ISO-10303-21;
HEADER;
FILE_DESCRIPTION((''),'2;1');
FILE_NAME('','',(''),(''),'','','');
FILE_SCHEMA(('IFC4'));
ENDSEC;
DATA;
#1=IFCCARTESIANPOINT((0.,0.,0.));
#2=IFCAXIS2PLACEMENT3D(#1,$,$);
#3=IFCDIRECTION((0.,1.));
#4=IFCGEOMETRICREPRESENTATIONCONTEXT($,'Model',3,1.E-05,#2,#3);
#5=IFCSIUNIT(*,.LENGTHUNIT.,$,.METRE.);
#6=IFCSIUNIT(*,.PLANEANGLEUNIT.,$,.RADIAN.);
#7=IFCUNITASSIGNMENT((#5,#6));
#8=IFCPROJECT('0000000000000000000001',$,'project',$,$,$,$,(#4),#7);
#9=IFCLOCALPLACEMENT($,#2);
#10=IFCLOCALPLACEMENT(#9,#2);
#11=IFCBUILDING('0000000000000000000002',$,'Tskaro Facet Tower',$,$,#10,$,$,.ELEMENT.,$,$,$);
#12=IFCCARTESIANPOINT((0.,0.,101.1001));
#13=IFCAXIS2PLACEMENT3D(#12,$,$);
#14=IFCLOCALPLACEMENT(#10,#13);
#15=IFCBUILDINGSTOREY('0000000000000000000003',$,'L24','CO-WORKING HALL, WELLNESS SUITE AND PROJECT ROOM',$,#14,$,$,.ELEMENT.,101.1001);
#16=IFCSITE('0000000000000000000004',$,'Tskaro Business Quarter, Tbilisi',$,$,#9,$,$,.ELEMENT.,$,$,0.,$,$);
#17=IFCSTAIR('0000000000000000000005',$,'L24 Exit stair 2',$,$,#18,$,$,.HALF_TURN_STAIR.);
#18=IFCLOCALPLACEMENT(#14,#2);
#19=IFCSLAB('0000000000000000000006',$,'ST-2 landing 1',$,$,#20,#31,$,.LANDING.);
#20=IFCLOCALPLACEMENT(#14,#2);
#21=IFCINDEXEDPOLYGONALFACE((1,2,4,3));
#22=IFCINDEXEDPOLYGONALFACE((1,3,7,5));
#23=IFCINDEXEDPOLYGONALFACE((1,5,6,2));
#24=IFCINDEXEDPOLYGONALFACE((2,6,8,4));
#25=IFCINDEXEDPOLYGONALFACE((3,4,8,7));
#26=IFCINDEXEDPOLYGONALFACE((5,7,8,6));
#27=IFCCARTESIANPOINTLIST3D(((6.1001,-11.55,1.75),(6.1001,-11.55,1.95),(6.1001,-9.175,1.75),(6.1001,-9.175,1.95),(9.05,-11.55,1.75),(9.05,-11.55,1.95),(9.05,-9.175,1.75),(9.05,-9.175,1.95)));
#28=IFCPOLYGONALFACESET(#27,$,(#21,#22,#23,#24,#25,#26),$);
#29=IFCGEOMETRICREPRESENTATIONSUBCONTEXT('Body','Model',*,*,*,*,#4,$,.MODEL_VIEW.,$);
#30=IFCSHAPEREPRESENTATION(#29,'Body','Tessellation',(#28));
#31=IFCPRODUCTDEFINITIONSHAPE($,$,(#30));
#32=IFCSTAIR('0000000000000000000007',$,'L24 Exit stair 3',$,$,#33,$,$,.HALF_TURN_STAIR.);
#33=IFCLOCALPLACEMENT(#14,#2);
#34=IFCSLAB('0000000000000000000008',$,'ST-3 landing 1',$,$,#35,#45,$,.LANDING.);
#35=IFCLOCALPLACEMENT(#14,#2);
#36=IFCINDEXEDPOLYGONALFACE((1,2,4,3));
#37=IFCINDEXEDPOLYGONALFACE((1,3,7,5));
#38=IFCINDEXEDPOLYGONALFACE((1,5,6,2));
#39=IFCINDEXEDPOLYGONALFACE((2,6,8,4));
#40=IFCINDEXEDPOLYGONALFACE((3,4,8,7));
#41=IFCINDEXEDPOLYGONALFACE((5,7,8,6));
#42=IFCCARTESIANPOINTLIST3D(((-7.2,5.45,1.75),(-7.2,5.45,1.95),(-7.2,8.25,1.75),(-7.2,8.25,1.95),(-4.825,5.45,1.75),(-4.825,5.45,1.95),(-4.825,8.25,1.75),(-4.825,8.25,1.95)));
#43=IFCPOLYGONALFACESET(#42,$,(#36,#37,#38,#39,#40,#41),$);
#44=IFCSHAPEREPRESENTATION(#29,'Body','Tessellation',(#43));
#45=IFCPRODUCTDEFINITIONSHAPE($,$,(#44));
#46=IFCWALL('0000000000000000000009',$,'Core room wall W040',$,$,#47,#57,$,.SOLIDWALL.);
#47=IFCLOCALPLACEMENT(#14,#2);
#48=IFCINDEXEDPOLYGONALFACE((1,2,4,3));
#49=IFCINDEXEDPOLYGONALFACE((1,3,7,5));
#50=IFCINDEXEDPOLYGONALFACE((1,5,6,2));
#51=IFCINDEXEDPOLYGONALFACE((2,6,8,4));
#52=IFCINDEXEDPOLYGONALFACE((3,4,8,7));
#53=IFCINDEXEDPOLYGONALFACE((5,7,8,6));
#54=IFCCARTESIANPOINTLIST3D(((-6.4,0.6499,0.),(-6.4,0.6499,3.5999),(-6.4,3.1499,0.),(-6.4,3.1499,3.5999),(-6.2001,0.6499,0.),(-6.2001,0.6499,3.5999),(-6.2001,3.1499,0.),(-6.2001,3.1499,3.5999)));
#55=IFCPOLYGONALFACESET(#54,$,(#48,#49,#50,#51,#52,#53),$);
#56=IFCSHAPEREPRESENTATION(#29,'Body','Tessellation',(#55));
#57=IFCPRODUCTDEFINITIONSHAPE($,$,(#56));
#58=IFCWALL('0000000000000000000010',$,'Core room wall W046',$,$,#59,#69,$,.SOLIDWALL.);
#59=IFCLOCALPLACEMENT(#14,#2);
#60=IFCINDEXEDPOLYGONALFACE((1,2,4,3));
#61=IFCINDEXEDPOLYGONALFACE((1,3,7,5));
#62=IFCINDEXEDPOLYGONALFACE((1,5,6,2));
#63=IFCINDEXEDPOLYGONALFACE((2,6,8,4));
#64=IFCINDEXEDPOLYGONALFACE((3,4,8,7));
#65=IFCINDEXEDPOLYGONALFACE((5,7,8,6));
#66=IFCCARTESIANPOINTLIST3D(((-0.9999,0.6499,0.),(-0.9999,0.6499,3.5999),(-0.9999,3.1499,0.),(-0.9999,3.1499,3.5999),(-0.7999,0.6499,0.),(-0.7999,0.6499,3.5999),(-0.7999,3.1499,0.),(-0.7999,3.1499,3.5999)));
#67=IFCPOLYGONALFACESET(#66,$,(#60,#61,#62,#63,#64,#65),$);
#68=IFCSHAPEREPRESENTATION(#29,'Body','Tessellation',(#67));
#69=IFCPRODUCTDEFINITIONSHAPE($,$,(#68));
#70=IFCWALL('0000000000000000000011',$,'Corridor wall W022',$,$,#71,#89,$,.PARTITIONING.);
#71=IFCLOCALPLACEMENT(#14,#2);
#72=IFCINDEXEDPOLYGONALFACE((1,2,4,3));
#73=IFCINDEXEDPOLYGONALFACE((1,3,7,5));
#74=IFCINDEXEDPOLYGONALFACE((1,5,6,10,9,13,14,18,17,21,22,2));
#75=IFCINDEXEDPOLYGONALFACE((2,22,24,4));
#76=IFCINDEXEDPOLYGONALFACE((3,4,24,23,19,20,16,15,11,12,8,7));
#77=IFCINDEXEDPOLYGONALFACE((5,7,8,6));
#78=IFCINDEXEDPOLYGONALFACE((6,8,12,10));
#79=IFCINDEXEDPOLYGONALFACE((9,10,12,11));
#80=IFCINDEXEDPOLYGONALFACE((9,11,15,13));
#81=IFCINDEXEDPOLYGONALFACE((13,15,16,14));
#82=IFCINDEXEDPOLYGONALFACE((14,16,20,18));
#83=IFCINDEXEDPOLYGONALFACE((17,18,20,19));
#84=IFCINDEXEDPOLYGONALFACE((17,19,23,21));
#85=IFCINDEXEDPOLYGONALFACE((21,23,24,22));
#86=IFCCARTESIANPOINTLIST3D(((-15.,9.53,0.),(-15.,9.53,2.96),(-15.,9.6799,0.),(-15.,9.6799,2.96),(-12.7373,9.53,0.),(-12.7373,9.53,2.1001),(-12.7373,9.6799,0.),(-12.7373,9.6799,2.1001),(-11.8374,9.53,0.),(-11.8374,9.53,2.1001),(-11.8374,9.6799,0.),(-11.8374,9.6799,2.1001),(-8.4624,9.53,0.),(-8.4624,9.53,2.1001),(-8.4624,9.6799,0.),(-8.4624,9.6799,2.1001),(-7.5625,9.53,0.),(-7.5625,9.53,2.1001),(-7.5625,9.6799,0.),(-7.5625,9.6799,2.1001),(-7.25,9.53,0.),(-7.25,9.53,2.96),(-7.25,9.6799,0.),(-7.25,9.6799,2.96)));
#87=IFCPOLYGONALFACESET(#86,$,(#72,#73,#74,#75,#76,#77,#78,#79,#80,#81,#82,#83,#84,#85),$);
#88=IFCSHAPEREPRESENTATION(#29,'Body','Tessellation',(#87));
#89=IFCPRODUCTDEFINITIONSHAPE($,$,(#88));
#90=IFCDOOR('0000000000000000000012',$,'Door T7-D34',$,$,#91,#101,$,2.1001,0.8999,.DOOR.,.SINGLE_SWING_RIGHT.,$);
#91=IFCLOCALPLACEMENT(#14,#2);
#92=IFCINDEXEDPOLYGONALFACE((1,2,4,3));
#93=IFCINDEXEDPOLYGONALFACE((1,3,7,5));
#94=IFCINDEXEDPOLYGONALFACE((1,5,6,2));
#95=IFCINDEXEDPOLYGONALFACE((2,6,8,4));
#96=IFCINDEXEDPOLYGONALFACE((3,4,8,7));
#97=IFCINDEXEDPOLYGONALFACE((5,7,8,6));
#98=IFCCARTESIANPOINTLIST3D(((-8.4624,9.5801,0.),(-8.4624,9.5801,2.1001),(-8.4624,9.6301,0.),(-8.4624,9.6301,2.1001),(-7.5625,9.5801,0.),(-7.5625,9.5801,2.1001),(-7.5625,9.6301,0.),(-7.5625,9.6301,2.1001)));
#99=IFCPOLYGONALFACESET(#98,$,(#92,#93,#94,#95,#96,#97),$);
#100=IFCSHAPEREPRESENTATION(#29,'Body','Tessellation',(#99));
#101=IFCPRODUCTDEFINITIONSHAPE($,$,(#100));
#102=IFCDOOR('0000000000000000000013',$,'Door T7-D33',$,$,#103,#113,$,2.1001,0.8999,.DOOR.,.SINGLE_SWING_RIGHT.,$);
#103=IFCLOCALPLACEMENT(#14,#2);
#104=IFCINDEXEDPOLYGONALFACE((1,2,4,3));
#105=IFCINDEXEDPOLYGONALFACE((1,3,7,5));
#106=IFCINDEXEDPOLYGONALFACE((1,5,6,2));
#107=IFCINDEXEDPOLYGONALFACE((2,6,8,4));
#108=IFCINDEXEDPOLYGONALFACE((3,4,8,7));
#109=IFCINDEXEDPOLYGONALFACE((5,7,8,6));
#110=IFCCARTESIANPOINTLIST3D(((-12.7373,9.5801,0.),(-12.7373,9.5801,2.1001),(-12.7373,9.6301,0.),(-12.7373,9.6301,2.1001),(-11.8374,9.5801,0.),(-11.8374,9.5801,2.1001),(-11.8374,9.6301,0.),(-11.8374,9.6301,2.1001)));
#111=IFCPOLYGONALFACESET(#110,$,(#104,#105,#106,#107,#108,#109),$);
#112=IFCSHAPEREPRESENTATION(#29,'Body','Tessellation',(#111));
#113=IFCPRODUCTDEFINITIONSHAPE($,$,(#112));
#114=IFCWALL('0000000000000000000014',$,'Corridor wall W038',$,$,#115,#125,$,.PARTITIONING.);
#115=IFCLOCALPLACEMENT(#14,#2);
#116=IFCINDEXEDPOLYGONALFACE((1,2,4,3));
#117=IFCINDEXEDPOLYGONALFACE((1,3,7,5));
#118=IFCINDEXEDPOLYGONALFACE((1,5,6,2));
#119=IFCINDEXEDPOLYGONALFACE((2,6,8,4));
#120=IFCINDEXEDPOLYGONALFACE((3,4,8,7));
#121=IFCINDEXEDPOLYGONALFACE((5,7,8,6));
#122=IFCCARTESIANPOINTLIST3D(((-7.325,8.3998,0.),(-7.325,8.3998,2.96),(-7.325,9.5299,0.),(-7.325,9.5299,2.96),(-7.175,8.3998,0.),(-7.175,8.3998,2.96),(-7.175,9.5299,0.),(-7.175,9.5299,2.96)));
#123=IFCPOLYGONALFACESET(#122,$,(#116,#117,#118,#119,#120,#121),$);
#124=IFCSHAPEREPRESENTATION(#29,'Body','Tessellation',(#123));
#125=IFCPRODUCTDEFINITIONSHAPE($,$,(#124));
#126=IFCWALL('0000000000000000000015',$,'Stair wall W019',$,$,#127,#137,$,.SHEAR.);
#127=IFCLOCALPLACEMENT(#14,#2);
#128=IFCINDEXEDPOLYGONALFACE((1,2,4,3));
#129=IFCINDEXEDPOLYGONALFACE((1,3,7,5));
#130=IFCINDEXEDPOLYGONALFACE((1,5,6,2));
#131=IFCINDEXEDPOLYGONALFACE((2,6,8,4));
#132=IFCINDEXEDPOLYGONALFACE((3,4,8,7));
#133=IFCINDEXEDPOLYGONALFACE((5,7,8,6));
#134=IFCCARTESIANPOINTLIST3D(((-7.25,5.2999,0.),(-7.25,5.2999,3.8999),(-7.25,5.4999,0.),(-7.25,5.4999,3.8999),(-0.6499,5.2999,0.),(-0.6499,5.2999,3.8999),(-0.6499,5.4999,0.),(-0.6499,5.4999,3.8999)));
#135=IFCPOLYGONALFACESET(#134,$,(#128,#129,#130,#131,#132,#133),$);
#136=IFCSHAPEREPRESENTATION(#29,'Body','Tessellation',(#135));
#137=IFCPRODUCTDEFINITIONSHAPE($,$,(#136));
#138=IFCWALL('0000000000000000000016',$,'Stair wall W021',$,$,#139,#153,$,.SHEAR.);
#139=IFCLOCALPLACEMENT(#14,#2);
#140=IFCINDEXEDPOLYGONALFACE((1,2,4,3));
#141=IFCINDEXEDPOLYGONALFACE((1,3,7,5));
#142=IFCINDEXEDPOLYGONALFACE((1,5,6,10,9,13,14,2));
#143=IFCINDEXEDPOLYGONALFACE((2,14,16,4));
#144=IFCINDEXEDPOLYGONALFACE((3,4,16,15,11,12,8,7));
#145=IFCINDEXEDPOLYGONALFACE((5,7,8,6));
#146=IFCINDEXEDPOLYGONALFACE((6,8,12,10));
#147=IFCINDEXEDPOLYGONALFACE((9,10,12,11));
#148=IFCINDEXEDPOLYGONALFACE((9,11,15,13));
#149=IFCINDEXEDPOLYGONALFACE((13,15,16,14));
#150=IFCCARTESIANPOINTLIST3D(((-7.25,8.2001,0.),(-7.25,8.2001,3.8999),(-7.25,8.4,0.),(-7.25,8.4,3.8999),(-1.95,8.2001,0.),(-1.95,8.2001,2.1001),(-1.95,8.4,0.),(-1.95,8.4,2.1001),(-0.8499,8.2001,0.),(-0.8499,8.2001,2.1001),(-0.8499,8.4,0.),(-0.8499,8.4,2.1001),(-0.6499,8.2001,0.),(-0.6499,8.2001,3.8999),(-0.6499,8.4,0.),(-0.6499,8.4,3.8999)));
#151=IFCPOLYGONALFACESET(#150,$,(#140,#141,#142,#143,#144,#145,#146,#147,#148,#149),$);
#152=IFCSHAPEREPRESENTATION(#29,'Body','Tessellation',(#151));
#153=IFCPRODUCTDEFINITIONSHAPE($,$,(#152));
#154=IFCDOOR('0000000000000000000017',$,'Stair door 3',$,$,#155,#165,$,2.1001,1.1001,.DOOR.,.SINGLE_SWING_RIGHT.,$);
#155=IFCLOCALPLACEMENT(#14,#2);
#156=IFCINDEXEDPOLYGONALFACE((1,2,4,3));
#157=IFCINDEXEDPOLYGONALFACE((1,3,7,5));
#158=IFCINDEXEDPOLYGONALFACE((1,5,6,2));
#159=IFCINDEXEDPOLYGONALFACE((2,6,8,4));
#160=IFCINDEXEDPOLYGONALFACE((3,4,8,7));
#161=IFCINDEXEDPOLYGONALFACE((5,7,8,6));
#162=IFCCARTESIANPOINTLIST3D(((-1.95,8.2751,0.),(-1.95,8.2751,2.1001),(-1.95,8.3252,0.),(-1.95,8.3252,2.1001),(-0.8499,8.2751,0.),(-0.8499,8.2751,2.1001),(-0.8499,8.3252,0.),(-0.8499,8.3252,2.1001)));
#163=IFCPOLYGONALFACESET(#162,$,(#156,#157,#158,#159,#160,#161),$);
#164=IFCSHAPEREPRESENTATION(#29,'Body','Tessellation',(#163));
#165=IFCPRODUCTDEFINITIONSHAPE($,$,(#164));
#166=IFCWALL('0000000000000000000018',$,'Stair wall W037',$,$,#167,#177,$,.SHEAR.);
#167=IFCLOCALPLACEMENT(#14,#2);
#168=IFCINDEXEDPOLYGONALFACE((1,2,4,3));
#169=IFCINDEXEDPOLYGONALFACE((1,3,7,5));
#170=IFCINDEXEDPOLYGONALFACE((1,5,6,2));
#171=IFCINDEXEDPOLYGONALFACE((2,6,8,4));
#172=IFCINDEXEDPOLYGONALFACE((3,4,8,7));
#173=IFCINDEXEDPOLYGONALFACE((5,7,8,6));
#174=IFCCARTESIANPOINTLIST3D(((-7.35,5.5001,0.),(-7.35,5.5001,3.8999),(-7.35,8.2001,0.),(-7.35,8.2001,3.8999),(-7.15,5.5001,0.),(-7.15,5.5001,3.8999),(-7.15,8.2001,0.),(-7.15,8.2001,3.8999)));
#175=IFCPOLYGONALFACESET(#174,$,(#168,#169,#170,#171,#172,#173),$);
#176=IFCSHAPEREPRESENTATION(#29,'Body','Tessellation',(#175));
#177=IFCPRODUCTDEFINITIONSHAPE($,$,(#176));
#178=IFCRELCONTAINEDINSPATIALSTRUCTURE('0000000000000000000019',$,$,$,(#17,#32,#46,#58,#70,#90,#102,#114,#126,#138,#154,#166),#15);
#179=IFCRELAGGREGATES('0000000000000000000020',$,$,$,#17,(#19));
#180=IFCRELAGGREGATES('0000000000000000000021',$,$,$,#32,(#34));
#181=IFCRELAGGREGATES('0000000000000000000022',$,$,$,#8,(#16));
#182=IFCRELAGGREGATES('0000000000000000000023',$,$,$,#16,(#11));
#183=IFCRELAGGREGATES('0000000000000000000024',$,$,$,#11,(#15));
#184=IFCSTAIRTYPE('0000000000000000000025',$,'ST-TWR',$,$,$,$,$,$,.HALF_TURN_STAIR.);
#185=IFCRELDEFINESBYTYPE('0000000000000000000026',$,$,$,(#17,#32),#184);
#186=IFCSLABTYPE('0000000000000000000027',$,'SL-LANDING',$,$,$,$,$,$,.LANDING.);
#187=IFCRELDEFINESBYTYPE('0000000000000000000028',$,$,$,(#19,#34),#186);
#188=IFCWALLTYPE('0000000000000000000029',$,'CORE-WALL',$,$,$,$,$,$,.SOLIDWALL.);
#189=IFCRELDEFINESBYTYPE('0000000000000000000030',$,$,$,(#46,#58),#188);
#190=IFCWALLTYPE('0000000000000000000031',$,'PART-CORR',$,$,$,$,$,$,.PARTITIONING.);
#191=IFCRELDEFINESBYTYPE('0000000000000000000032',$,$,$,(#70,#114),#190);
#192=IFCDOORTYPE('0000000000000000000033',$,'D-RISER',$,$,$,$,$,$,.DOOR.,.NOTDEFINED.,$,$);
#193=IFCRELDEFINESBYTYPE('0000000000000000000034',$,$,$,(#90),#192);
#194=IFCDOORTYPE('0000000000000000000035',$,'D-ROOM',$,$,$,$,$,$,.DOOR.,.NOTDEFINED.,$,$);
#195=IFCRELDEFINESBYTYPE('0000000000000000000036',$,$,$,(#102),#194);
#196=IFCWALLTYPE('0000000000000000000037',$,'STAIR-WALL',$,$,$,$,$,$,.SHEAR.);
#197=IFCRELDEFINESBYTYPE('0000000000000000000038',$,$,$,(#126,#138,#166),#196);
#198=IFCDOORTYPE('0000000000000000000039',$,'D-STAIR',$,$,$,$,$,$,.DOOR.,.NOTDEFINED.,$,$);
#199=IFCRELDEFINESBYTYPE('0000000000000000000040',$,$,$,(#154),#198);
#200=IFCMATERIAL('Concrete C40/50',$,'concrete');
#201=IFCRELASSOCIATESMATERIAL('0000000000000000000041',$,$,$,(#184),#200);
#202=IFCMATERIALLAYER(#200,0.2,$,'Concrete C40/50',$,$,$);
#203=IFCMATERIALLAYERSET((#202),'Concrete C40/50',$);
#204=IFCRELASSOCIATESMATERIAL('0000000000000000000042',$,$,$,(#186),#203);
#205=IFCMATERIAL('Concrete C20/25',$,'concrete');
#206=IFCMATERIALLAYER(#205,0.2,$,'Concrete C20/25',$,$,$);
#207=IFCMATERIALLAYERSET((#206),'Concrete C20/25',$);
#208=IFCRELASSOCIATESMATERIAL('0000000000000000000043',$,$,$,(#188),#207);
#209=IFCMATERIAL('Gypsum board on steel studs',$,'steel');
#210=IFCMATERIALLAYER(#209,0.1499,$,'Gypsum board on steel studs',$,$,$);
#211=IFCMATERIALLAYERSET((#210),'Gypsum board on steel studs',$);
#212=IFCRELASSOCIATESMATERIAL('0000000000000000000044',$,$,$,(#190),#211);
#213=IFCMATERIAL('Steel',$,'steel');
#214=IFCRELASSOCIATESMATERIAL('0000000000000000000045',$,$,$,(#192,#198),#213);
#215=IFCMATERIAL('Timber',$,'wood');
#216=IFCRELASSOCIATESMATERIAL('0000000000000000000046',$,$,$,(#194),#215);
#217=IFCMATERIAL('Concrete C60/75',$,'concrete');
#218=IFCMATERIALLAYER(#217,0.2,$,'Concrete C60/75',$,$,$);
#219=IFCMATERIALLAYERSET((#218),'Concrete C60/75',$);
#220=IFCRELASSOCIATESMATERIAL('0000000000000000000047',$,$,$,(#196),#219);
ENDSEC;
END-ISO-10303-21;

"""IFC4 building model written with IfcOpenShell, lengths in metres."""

from ifc_helpers import new_model, si_unit, direction, frame, frame_2d, origin, place, context, subcontext, project, spatial, polyline, rectangle, outline, extrude, material, layer, layer_set, type_object, element, fill, aggregate, save


model = new_model("IFC4")

# Units and contexts
model_context = context("Model", 3, precision=1e-05, world=origin(), true_north=direction((0.0, 1.0)))
body_context = subcontext(model_context, "Body", "Model", "MODEL_VIEW")
ifc_project = project(units=[si_unit("LENGTHUNIT", "METRE"), si_unit("PLANEANGLEUNIT", "RADIAN")], contexts=[model_context])

# Site, building, storey
site_placement = place(None, origin())
site = spatial("IfcSite", under=ifc_project, at=site_placement, Name="Tskaro Business Quarter, Tbilisi", CompositionType="ELEMENT", RefElevation=0.0)
building_placement = place(site_placement, origin())
building = spatial("IfcBuilding", under=site, at=building_placement, Name="Tskaro Facet Tower", CompositionType="ELEMENT")
storey_placement = place(building_placement, frame((0.0, 0.0, 101.1001)))
storey = spatial("IfcBuildingStorey", under=building, at=storey_placement, Name="L24", Description="CO-WORKING HALL, WELLNESS SUITE AND PROJECT ROOM", CompositionType="ELEMENT", Elevation=101.1001)

# Stairs, slabs
ifc_material_1 = material(Name="Concrete C40/50", Category="concrete")
stair_type = type_object("IfcStairType", Name="ST-TWR", PredefinedType="HALF_TURN_STAIR", material=ifc_material_1)
ifc_layer_1 = layer(ifc_material_1, 0.2, Name="Concrete C40/50")
ifc_layer_set_1 = layer_set([ifc_layer_1], Name="Concrete C40/50")
slab_type = type_object("IfcSlabType", Name="SL-LANDING", PredefinedType="LANDING", material=ifc_layer_set_1)
stair_1_placement = place(storey_placement, origin())
stair_1 = element("IfcStair", 1, at=stair_1_placement, inside=storey, type_object=stair_type, Name="L24 Exit stair 2", PredefinedType="HALF_TURN_STAIR")
slab_1_placement = place(storey_placement, frame((0.0, 0.0, 1.75)))
slab_1 = element("IfcSlab", 2, at=slab_1_placement, type_object=slab_type, Name="ST-2 landing 1", PredefinedType="LANDING", context=body_context, shape_type="SweptSolid", body=[
    extrude(outline(polyline([(6.1001, -11.55), (9.05, -11.55), (9.05, -9.175), (6.1001, -9.175), (6.1001, -11.55)])), origin(), (0.0, 0.0, 1.0), 0.2),
])
aggregate(stair_1, [slab_1])
stair_2_placement = place(storey_placement, origin())
stair_2 = element("IfcStair", 3, at=stair_2_placement, inside=storey, type_object=stair_type, Name="L24 Exit stair 3", PredefinedType="HALF_TURN_STAIR")
slab_2_placement = place(storey_placement, frame((0.0, 0.0, 1.75)))
slab_2 = element("IfcSlab", 4, at=slab_2_placement, type_object=slab_type, Name="ST-3 landing 1", PredefinedType="LANDING", context=body_context, shape_type="SweptSolid", body=[
    extrude(outline(polyline([(-7.2, 5.45), (-4.825, 5.45), (-4.825, 8.25), (-7.2, 8.25), (-7.2, 5.45)])), origin(), (0.0, 0.0, 1.0), 0.2),
])

# Walls
ifc_material_2 = material(Name="Concrete C20/25", Category="concrete")
ifc_layer_2 = layer(ifc_material_2, 0.2, Name="Concrete C20/25")
ifc_layer_set_2 = layer_set([ifc_layer_2], Name="Concrete C20/25")
wall_type_1 = type_object("IfcWallType", Name="CORE-WALL", PredefinedType="SOLIDWALL", material=ifc_layer_set_2)
for number, where, z_axis, x_axis, name in (
    (5, (-6.3, 0.6499, 0.0), (0.0, 0.0, 1.0), (0.0, 1.0, 0.0), "Core room wall W040"),
    (6, (-0.8999, 0.6499, 0.0), (0.0, 0.0, 1.0), (0.0, 1.0, 0.0), "Core room wall W046"),
):
    element("IfcWall", number, at=place(storey_placement, frame(where, z_axis=z_axis, x_axis=x_axis)), inside=storey, type_object=wall_type_1, Name=name, PredefinedType="SOLIDWALL", context=body_context, shape_type="SweptSolid", body=[
        extrude(rectangle(XDim=2.5, YDim=0.2, at=frame_2d((1.25, 0.0))), origin(), (0.0, 0.0, 1.0), 3.5999),
    ])

# Wall, openings, doors
ifc_material_3 = material(Name="Gypsum board on steel studs", Category="steel")
ifc_layer_3 = layer(ifc_material_3, 0.1499, Name="Gypsum board on steel studs")
ifc_layer_set_3 = layer_set([ifc_layer_3], Name="Gypsum board on steel studs")
wall_type_2 = type_object("IfcWallType", Name="PART-CORR", PredefinedType="PARTITIONING", material=ifc_layer_set_3)
wall_1_placement = place(storey_placement, frame((-7.25, 9.605, 0.0), z_axis=(0.0, 0.0, 1.0), x_axis=(-1.0, 0.0, 0.0)))
wall_1 = element("IfcWall", 7, at=wall_1_placement, inside=storey, type_object=wall_type_2, Name="Corridor wall W022", PredefinedType="PARTITIONING", context=body_context, shape_type="SweptSolid", body=[
    extrude(rectangle(XDim=7.75, YDim=0.1499, at=frame_2d((3.875, 0.0))), origin(), (0.0, 0.0, 1.0), 2.96),
])
opening_1_placement = place(wall_1_placement, frame((0.3125, 0.0, 0.0)))
opening_1 = element("IfcOpeningElement", 8, at=opening_1_placement, cuts=wall_1, PredefinedType="OPENING", context=body_context, shape_type="SweptSolid", body=[
    extrude(rectangle(XDim=0.8999, YDim=2.1001, at=frame_2d((0.45, 1.05))), frame((0.0, 0.085, 0.0), z_axis=(0.0, -1.0, 0.0), x_axis=(1.0, 0.0, 0.0)), (0.0, 0.0, 1.0), 0.1699),
])
opening_2_placement = place(wall_1_placement, frame((4.5874, 0.0, 0.0)))
opening_2 = element("IfcOpeningElement", 9, at=opening_2_placement, cuts=wall_1, PredefinedType="OPENING", context=body_context, shape_type="SweptSolid", body=[
    extrude(rectangle(XDim=0.8999, YDim=2.1001, at=frame_2d((0.45, 1.05))), frame((0.0, 0.085, 0.0), z_axis=(0.0, -1.0, 0.0), x_axis=(1.0, 0.0, 0.0)), (0.0, 0.0, 1.0), 0.1699),
])
ifc_material_4 = material(Name="Steel", Category="steel")
door_type_1 = type_object("IfcDoorType", Name="D-RISER", OperationType="NOTDEFINED", PredefinedType="DOOR", material=ifc_material_4)
door_1_placement = place(opening_1_placement, origin())
door_1 = element("IfcDoor", 10, at=door_1_placement, inside=storey, type_object=door_type_1, Name="Door T7-D34", OperationType="SINGLE_SWING_RIGHT", OverallHeight=2.1001, OverallWidth=0.8999, PredefinedType="DOOR", context=body_context, shape_type="SweptSolid", body=[
    extrude(rectangle(XDim=0.8999, YDim=2.1001, at=frame_2d((0.45, 1.05))), frame((0.0, 0.0249, 0.0), z_axis=(0.0, -1.0, 0.0), x_axis=(1.0, 0.0, 0.0)), (0.0, 0.0, 1.0), 0.05),
])
fill(opening_1, door_1)
ifc_material_5 = material(Name="Timber", Category="wood")
door_type_2 = type_object("IfcDoorType", Name="D-ROOM", OperationType="NOTDEFINED", PredefinedType="DOOR", material=ifc_material_5)
door_2_placement = place(opening_2_placement, origin())
door_2 = element("IfcDoor", 11, at=door_2_placement, inside=storey, type_object=door_type_2, Name="Door T7-D33", OperationType="SINGLE_SWING_RIGHT", OverallHeight=2.1001, OverallWidth=0.8999, PredefinedType="DOOR", context=body_context, shape_type="SweptSolid", body=[
    extrude(rectangle(XDim=0.8999, YDim=2.1001, at=frame_2d((0.45, 1.05))), frame((0.0, 0.0249, 0.0), z_axis=(0.0, -1.0, 0.0), x_axis=(1.0, 0.0, 0.0)), (0.0, 0.0, 1.0), 0.05),
])
fill(opening_2, door_2)

# Walls
wall_2_placement = place(storey_placement, frame((-7.25, 8.3999, 0.0), z_axis=(0.0, 0.0, 1.0), x_axis=(0.0, 1.0, 0.0)))
element("IfcWall", 12, at=wall_2_placement, inside=storey, type_object=wall_type_2, Name="Corridor wall W038", PredefinedType="PARTITIONING", context=body_context, shape_type="SweptSolid", body=[
    extrude(rectangle(XDim=1.1301, YDim=0.1499, at=frame_2d((0.5649, 0.0))), origin(), (0.0, 0.0, 1.0), 2.96),
])
ifc_material_6 = material(Name="Concrete C60/75", Category="concrete")
ifc_layer_4 = layer(ifc_material_6, 0.2, Name="Concrete C60/75")
ifc_layer_set_4 = layer_set([ifc_layer_4], Name="Concrete C60/75")
wall_type_3 = type_object("IfcWallType", Name="STAIR-WALL", PredefinedType="SHEAR", material=ifc_layer_set_4)
wall_3_placement = place(storey_placement, frame((-7.25, 5.3999, 0.0), z_axis=(0.0, 0.0, 1.0), x_axis=(1.0, 0.0, 0.0)))
element("IfcWall", 13, at=wall_3_placement, inside=storey, type_object=wall_type_3, Name="Stair wall W019", PredefinedType="SHEAR", context=body_context, shape_type="SweptSolid", body=[
    extrude(rectangle(XDim=6.6001, YDim=0.2, at=frame_2d((3.3, 0.0))), origin(), (0.0, 0.0, 1.0), 3.8999),
])

# Wall, opening, door
wall_4_placement = place(storey_placement, frame((-0.6499, 8.3, 0.0), z_axis=(0.0, 0.0, 1.0), x_axis=(-1.0, 0.0, 0.0)))
wall_4 = element("IfcWall", 14, at=wall_4_placement, inside=storey, type_object=wall_type_3, Name="Stair wall W021", PredefinedType="SHEAR", context=body_context, shape_type="SweptSolid", body=[
    extrude(rectangle(XDim=6.6001, YDim=0.2, at=frame_2d((3.3, 0.0))), origin(), (0.0, 0.0, 1.0), 3.8999),
])
opening_3_placement = place(wall_4_placement, frame((0.2, 0.0, 0.0)))
opening_3 = element("IfcOpeningElement", 15, at=opening_3_placement, cuts=wall_4, PredefinedType="OPENING", context=body_context, shape_type="SweptSolid", body=[
    extrude(rectangle(XDim=1.1001, YDim=2.1001, at=frame_2d((0.55, 1.05))), frame((0.0, 0.1099, 0.0), z_axis=(0.0, -1.0, 0.0), x_axis=(1.0, 0.0, 0.0)), (0.0, 0.0, 1.0), 0.22),
])
door_type_3 = type_object("IfcDoorType", Name="D-STAIR", OperationType="NOTDEFINED", PredefinedType="DOOR", material=ifc_material_4)
door_3_placement = place(opening_3_placement, origin())
door_3 = element("IfcDoor", 16, at=door_3_placement, inside=storey, type_object=door_type_3, Name="Stair door 3", OperationType="SINGLE_SWING_RIGHT", OverallHeight=2.1001, OverallWidth=1.1001, PredefinedType="DOOR", context=body_context, shape_type="SweptSolid", body=[
    extrude(rectangle(XDim=1.1001, YDim=2.1001, at=frame_2d((0.55, 1.05))), frame((0.0, 0.0249, 0.0), z_axis=(0.0, -1.0, 0.0), x_axis=(1.0, 0.0, 0.0)), (0.0, 0.0, 1.0), 0.05),
])
fill(opening_3, door_3)

# Wall
for number, where, z_axis, x_axis, name in (
    (17, (-7.25, 5.5, 0.0), (0.0, 0.0, 1.0), (0.0, 1.0, 0.0), "Stair wall W037"),
):
    element("IfcWall", number, at=place(storey_placement, frame(where, z_axis=z_axis, x_axis=x_axis)), inside=storey, type_object=wall_type_3, Name=name, PredefinedType="SHEAR", context=body_context, shape_type="SweptSolid", body=[
        extrude(rectangle(XDim=2.7, YDim=0.2, at=frame_2d((1.3501, 0.0))), origin(), (0.0, 0.0, 1.0), 3.8999),
    ])

aggregate(stair_2, [slab_2])

save(model, "model.ifc")
